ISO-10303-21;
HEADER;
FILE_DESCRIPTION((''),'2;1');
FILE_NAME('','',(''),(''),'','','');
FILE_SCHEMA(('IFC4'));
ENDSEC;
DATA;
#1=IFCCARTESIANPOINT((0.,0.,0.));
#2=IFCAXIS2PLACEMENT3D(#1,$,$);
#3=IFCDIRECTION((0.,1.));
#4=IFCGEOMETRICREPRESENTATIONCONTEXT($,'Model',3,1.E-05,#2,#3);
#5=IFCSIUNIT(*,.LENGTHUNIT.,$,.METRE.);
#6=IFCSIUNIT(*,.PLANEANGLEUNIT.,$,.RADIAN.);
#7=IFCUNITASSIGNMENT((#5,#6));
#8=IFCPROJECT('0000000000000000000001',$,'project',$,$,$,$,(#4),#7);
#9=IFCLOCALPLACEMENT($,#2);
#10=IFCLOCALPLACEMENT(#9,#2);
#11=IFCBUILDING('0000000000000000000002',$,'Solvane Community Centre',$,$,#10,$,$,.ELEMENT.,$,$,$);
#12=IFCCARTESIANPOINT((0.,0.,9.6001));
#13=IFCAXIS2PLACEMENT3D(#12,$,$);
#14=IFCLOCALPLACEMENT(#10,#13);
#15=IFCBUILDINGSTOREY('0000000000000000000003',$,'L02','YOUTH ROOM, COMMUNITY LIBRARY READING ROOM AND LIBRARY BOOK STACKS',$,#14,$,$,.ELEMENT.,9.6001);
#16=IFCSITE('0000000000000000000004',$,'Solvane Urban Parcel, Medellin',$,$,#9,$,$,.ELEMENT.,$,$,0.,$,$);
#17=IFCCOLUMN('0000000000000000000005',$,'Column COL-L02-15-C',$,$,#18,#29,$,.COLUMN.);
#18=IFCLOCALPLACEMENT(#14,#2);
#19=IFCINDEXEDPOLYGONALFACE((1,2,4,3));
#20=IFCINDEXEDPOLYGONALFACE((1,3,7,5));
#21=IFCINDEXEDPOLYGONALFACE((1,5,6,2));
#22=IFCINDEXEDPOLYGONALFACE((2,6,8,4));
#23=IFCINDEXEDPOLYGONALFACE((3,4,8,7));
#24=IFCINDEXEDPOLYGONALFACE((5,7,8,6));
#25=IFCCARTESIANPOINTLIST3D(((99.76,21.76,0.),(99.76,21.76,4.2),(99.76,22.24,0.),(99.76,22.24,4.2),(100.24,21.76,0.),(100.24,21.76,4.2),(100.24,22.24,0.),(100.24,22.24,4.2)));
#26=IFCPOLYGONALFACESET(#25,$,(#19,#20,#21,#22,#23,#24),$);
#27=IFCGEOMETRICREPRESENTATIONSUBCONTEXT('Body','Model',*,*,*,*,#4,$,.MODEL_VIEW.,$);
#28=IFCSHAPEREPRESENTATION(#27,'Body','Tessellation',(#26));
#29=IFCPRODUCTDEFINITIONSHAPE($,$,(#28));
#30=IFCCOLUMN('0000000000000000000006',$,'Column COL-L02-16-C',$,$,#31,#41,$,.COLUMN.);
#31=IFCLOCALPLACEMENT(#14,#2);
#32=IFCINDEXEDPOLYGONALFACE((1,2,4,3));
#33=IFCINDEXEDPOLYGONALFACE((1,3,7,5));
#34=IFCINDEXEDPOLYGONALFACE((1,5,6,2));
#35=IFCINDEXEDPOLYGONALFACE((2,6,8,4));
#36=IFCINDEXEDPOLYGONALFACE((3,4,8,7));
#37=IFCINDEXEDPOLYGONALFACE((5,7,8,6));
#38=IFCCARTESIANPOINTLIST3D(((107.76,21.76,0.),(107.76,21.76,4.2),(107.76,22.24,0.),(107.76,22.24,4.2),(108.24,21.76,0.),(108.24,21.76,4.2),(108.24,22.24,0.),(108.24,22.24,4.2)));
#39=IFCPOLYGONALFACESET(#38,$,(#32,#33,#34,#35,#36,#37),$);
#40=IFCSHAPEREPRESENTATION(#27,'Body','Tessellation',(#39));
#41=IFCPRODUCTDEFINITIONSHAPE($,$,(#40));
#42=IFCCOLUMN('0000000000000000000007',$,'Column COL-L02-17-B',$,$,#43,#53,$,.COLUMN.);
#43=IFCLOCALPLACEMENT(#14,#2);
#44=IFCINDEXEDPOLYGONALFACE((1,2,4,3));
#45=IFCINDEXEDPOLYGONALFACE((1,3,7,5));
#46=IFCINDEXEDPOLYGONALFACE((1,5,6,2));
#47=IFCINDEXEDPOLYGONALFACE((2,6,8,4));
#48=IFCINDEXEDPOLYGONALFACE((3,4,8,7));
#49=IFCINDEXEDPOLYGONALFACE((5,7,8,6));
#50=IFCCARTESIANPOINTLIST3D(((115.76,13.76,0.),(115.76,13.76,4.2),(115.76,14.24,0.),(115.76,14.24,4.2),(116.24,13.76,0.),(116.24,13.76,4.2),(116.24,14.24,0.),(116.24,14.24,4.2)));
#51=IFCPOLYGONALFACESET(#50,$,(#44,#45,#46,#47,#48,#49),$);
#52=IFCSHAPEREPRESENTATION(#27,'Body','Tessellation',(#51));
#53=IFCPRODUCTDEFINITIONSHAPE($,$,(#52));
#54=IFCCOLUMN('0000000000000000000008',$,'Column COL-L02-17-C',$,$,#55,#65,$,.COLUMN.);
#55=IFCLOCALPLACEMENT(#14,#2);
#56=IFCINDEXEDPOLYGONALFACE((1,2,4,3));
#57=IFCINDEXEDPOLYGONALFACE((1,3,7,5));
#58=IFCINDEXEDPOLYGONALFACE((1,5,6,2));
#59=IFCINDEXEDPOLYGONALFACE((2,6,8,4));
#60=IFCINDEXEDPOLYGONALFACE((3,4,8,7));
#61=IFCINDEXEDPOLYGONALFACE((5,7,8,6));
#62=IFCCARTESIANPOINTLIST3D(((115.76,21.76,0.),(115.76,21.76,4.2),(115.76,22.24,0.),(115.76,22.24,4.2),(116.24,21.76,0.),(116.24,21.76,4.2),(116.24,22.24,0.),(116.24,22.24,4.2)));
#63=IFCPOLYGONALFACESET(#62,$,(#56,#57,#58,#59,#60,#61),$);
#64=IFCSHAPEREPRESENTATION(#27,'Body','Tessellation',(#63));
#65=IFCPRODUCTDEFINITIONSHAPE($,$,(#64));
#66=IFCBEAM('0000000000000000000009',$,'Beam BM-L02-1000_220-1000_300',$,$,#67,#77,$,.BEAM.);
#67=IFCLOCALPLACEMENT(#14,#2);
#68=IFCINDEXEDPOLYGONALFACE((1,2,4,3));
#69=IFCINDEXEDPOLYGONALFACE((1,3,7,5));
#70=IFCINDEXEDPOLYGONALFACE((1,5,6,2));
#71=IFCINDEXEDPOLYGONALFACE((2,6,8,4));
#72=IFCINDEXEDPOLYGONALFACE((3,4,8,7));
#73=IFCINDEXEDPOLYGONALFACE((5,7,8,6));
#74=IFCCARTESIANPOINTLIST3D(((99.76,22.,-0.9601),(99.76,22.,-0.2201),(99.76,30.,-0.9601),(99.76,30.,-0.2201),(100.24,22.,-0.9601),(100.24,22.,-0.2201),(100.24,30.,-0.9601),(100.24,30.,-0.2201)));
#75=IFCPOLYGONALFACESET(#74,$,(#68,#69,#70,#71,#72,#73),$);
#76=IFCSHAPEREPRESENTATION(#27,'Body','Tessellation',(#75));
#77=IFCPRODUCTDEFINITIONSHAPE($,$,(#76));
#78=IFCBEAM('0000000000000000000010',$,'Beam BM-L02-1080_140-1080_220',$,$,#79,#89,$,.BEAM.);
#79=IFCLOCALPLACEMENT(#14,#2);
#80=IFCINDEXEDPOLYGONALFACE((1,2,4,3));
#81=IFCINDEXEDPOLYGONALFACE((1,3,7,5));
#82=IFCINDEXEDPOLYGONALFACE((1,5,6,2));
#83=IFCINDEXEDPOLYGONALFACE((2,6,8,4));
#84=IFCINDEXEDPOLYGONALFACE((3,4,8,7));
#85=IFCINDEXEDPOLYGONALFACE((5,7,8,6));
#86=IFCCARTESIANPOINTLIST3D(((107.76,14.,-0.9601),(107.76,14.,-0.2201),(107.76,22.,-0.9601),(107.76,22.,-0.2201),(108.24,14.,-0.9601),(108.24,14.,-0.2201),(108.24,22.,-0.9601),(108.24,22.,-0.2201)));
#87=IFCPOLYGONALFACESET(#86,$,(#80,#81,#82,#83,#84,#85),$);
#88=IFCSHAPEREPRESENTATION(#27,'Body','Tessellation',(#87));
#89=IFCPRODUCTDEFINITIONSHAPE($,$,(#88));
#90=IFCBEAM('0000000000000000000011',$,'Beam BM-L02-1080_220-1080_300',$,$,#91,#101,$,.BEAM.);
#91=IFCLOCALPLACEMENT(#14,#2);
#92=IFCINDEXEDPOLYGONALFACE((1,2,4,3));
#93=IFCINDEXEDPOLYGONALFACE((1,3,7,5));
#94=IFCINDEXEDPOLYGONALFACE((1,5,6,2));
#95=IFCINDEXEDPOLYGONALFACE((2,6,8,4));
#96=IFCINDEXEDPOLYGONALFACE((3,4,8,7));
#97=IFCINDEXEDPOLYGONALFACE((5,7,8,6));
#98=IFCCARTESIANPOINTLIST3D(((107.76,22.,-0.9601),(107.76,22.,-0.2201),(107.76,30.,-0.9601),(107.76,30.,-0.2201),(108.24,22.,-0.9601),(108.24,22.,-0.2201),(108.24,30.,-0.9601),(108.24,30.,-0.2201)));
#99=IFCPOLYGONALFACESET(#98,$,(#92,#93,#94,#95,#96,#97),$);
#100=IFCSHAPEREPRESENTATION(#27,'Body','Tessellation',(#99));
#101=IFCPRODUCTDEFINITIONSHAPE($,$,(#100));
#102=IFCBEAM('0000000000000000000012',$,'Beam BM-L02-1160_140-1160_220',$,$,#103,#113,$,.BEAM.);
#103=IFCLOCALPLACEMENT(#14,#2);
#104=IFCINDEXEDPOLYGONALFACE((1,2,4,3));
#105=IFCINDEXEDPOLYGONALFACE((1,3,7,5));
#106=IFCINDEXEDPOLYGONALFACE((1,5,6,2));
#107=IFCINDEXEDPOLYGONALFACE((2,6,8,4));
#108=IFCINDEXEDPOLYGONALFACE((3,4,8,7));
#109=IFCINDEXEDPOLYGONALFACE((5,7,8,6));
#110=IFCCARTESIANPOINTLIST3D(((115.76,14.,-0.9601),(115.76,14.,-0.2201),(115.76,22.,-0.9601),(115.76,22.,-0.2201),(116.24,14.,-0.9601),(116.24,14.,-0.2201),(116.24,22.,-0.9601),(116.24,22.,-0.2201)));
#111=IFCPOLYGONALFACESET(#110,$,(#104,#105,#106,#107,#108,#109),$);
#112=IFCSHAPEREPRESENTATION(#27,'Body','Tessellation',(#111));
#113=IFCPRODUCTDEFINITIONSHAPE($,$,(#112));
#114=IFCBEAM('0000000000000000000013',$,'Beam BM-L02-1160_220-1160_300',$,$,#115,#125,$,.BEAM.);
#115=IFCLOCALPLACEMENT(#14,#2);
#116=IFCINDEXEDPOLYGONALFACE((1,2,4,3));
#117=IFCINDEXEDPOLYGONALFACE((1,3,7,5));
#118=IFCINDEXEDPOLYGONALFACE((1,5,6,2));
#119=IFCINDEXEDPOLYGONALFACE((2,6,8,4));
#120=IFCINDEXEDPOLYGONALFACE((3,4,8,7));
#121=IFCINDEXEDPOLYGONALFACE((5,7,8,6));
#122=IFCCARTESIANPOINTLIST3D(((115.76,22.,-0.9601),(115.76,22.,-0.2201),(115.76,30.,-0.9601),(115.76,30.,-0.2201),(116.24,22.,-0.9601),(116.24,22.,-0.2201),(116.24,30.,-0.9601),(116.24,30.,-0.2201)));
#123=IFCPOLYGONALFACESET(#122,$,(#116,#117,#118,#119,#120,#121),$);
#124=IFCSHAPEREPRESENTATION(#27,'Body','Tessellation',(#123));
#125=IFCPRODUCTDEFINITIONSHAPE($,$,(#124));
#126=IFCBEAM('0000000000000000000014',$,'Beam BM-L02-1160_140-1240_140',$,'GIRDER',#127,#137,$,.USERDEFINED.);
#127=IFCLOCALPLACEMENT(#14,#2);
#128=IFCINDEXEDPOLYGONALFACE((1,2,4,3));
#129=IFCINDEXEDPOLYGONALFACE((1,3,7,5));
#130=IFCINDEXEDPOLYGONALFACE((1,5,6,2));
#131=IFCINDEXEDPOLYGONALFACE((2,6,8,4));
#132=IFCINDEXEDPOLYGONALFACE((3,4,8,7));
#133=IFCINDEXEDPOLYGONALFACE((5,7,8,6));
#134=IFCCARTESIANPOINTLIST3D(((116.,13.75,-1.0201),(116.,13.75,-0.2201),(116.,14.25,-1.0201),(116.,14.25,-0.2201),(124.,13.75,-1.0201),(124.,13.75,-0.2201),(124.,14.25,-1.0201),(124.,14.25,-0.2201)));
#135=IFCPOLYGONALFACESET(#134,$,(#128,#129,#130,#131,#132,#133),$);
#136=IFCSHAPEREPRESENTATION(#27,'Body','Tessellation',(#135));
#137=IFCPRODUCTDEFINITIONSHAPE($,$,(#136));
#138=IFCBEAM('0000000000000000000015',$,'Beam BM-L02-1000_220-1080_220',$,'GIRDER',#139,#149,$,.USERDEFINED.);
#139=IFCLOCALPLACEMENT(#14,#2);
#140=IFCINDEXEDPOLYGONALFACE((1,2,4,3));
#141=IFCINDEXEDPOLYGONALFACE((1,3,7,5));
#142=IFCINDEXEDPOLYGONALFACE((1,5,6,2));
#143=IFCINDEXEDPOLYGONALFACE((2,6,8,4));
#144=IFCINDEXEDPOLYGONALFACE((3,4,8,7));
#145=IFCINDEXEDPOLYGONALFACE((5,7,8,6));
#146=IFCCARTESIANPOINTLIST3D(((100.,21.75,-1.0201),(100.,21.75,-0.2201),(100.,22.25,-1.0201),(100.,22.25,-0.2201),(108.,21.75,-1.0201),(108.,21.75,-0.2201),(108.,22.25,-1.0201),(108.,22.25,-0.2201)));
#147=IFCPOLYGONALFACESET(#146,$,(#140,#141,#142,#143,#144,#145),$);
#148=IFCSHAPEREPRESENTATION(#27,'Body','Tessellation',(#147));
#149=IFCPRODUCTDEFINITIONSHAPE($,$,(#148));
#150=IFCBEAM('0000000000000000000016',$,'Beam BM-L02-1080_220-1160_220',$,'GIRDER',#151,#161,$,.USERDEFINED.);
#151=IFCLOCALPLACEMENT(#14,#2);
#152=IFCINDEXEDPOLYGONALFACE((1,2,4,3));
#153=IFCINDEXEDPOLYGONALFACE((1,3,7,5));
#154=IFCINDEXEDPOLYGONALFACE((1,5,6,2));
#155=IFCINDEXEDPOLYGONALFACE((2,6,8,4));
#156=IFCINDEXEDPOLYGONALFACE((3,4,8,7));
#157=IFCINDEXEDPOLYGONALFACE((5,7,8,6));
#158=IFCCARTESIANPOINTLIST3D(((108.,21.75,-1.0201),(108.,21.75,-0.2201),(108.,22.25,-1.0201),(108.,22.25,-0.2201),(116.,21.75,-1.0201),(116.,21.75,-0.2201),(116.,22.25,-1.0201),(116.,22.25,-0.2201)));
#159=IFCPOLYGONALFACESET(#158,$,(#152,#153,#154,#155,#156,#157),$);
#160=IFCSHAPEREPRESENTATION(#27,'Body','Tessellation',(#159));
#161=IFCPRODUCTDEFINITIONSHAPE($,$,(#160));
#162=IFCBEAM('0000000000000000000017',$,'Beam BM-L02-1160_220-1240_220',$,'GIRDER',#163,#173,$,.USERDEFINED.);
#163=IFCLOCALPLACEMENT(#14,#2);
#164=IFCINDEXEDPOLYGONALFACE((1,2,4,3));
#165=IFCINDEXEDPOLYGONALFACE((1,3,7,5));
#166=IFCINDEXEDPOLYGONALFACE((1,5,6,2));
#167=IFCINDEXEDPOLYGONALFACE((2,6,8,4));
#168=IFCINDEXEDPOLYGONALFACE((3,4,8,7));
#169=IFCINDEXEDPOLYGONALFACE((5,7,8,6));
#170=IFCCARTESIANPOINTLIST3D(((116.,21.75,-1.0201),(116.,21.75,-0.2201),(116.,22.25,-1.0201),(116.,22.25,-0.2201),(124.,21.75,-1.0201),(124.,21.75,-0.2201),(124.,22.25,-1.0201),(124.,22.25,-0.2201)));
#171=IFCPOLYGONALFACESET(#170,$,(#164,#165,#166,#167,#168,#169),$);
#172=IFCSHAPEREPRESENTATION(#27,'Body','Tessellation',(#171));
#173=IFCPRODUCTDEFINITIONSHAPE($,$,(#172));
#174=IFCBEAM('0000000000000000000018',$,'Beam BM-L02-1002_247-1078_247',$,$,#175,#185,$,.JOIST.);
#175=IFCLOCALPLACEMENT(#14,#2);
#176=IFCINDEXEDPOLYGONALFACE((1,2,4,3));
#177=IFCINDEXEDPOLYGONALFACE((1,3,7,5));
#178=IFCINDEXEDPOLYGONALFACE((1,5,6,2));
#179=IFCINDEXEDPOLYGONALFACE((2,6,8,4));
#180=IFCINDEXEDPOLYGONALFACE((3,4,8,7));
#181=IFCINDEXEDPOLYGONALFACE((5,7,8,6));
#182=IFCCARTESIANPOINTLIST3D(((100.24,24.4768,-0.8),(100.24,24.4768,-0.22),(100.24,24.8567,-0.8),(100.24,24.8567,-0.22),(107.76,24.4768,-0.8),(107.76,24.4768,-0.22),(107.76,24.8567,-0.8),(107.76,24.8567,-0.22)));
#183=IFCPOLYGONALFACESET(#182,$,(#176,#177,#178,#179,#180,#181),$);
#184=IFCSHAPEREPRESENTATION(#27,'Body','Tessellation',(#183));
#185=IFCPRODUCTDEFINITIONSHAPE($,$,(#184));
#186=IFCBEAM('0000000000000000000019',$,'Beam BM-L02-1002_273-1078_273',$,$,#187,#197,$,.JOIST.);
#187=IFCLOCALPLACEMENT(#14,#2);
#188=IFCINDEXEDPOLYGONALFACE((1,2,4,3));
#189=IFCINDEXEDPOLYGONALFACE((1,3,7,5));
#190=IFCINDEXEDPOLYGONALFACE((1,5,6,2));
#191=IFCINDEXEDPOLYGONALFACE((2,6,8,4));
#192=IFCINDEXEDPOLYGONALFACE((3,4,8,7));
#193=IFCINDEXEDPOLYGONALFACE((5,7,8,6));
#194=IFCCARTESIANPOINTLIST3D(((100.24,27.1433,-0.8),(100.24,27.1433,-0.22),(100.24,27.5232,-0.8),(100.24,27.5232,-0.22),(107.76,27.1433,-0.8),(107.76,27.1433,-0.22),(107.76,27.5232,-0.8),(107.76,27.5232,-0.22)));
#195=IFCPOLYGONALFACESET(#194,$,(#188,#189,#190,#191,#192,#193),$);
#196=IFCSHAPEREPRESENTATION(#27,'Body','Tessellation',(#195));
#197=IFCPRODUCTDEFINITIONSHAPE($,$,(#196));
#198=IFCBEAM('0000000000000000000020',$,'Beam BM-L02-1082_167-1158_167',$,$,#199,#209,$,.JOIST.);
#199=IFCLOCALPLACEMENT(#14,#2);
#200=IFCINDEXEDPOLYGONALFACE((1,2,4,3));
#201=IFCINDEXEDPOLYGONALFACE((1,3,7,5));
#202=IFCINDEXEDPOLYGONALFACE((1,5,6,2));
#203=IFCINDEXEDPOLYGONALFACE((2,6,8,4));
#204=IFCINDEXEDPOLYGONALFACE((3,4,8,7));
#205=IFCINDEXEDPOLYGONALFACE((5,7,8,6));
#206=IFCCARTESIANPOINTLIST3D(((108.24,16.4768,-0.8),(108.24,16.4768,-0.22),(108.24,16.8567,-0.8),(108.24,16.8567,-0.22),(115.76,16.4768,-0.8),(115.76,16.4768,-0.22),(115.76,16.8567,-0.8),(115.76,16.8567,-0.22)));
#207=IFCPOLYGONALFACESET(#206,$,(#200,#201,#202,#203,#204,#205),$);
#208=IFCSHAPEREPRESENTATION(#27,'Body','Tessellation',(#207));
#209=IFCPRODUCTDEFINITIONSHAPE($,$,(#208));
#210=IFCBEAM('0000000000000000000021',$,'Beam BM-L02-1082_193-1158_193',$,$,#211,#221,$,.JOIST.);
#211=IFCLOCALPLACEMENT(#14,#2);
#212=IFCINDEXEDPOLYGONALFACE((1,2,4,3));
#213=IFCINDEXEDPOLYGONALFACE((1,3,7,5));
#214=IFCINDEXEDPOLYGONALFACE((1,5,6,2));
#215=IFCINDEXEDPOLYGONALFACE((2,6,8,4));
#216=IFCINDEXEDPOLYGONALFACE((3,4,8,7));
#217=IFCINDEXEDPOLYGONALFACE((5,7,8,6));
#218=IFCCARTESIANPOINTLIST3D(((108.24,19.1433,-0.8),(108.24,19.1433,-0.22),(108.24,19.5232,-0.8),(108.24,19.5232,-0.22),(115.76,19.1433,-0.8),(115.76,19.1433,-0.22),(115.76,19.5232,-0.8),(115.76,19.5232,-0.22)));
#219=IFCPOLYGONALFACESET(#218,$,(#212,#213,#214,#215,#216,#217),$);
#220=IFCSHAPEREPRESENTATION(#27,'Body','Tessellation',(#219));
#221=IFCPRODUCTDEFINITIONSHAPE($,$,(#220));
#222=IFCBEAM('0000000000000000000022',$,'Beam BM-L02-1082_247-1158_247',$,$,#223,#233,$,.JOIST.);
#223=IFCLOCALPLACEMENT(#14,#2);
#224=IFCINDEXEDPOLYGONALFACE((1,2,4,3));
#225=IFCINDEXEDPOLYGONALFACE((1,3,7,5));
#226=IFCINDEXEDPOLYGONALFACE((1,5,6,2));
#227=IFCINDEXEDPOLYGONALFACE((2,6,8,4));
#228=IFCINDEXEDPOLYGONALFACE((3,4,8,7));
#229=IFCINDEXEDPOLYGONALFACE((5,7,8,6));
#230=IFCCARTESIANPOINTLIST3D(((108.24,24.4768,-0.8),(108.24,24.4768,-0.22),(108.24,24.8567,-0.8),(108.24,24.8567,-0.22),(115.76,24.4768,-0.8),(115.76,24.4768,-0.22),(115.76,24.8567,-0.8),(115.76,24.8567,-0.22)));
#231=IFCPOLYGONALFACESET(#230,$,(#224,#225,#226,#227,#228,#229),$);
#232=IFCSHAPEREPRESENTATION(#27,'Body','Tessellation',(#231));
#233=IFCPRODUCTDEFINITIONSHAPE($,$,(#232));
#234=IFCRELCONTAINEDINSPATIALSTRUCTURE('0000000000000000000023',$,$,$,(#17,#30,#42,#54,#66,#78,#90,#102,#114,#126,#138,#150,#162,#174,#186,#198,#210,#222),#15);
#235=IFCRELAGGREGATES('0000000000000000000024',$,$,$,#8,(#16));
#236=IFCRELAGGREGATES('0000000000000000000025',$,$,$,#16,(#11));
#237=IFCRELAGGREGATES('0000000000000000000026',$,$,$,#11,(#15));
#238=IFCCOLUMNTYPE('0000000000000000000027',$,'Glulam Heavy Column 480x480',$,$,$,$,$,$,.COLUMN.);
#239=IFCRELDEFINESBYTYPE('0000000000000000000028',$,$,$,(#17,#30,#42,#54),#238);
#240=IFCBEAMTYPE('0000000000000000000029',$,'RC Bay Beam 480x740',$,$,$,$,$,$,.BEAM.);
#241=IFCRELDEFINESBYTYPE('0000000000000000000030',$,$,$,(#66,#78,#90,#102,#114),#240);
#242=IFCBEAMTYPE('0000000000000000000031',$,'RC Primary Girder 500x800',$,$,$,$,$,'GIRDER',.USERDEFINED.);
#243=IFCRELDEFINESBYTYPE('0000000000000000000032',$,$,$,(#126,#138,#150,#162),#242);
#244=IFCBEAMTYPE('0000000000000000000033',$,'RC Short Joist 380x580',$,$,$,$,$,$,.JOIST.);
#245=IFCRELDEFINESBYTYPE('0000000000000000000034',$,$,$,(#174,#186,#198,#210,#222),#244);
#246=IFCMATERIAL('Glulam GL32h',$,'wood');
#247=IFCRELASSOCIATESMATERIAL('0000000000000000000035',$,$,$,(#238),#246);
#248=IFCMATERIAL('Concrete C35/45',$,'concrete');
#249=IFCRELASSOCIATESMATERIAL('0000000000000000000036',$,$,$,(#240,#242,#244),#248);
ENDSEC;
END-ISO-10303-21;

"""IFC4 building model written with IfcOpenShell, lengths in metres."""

from ifc_helpers import new_model, si_unit, direction, frame, origin, origin_2d, place, context, subcontext, project, spatial, rectangle, extrude, material, material_profile, profile_set, type_object, element, save


model = new_model("IFC4")

# Units and contexts
model_context = context("Model", 3, precision=1e-05, world=origin(), true_north=direction((0.0, 1.0)))
body_context = subcontext(model_context, "Body", "Model", "MODEL_VIEW")
ifc_project = project(units=[si_unit("LENGTHUNIT", "METRE"), si_unit("PLANEANGLEUNIT", "RADIAN")], contexts=[model_context])

# Site, building, storey
site_placement = place(None, origin())
site = spatial("IfcSite", under=ifc_project, at=site_placement, Name="Solvane Urban Parcel, Medellin", CompositionType="ELEMENT", RefElevation=0.0)
building_placement = place(site_placement, origin())
building = spatial("IfcBuilding", under=site, at=building_placement, Name="Solvane Community Centre", CompositionType="ELEMENT")
storey_placement = place(building_placement, frame((0.0, 0.0, 9.6001)))
storey = spatial("IfcBuildingStorey", under=building, at=storey_placement, Name="L02", Description="YOUTH ROOM, COMMUNITY LIBRARY READING ROOM AND LIBRARY BOOK STACKS", CompositionType="ELEMENT", Elevation=9.6001)

# Columns
ifc_material_1 = material(Name="Glulam GL32h", Category="wood")
ifc_material_profile_1 = material_profile(ifc_material_1, rectangle(XDim=0.48, YDim=0.48, at=origin_2d()), Name="GL32h 480x480")
ifc_profile_set_1 = profile_set([ifc_material_profile_1], Name="Glulam GL32h")
column_type = type_object("IfcColumnType", Name="Glulam Heavy Column 480x480", PredefinedType="COLUMN", material=ifc_profile_set_1)
for number, where, z_axis, x_axis, name in (
    (1, (100.0, 22.0, 0.0), (0.0, 0.0, 1.0), (1.0, 0.0, 0.0), "Column COL-L02-15-C"),
    (2, (108.0, 22.0, 0.0), (0.0, 0.0, 1.0), (1.0, 0.0, 0.0), "Column COL-L02-16-C"),
    (3, (116.0, 14.0, 0.0), (0.0, 0.0, 1.0), (1.0, 0.0, 0.0), "Column COL-L02-17-B"),
    (4, (116.0, 22.0, 0.0), (0.0, 0.0, 1.0), (1.0, 0.0, 0.0), "Column COL-L02-17-C"),
):
    element("IfcColumn", number, at=place(storey_placement, frame(where, z_axis=z_axis, x_axis=x_axis)), inside=storey, type_object=column_type, Name=name, PredefinedType="COLUMN", context=body_context, shape_type="SweptSolid", body=[
        extrude(rectangle(XDim=0.48, YDim=0.48, at=origin_2d()), origin(), (0.0, 0.0, 1.0), 4.2),
    ])

# Beams
ifc_material_2 = material(Name="Concrete C35/45", Category="concrete")
ifc_material_profile_2 = material_profile(ifc_material_2, rectangle(XDim=0.48, YDim=0.74, at=origin_2d()), Name="RC 480x740")
ifc_profile_set_2 = profile_set([ifc_material_profile_2], Name="Concrete C35/45")
beam_type_1 = type_object("IfcBeamType", Name="RC Bay Beam 480x740", PredefinedType="BEAM", material=ifc_profile_set_2)
for number, where, z_axis, x_axis, name in (
    (5, (100.0, 22.0, -0.5901), (0.0, 1.0, 0.0), (-1.0, 0.0, 0.0), "Beam BM-L02-1000_220-1000_300"),
    (6, (108.0, 14.0, -0.5901), (0.0, 1.0, 0.0), (-1.0, 0.0, 0.0), "Beam BM-L02-1080_140-1080_220"),
    (7, (108.0, 22.0, -0.5901), (0.0, 1.0, 0.0), (-1.0, 0.0, 0.0), "Beam BM-L02-1080_220-1080_300"),
    (8, (116.0, 14.0, -0.5901), (0.0, 1.0, 0.0), (-1.0, 0.0, 0.0), "Beam BM-L02-1160_140-1160_220"),
    (9, (116.0, 22.0, -0.5901), (0.0, 1.0, 0.0), (-1.0, 0.0, 0.0), "Beam BM-L02-1160_220-1160_300"),
):
    element("IfcBeam", number, at=place(storey_placement, frame(where, z_axis=z_axis, x_axis=x_axis)), inside=storey, type_object=beam_type_1, Name=name, PredefinedType="BEAM", context=body_context, shape_type="SweptSolid", body=[
        extrude(rectangle(XDim=0.48, YDim=0.74, at=origin_2d()), origin(), (0.0, 0.0, 1.0), 8.0),
    ])
ifc_material_profile_3 = material_profile(ifc_material_2, rectangle(XDim=0.5, YDim=0.8, at=origin_2d()), Name="RC 500x800")
ifc_profile_set_3 = profile_set([ifc_material_profile_3], Name="Concrete C35/45")
beam_type_2 = type_object("IfcBeamType", Name="RC Primary Girder 500x800", ElementType="GIRDER", PredefinedType="USERDEFINED", material=ifc_profile_set_3)
for number, where, z_axis, x_axis, name in (
    (10, (116.0, 14.0, -0.6201), (1.0, 0.0, 0.0), (0.0, 1.0, 0.0), "Beam BM-L02-1160_140-1240_140"),
    (11, (100.0, 22.0, -0.6201), (1.0, 0.0, 0.0), (0.0, 1.0, 0.0), "Beam BM-L02-1000_220-1080_220"),
    (12, (108.0, 22.0, -0.6201), (1.0, 0.0, 0.0), (0.0, 1.0, 0.0), "Beam BM-L02-1080_220-1160_220"),
    (13, (116.0, 22.0, -0.6201), (1.0, 0.0, 0.0), (0.0, 1.0, 0.0), "Beam BM-L02-1160_220-1240_220"),
):
    element("IfcBeam", number, at=place(storey_placement, frame(where, z_axis=z_axis, x_axis=x_axis)), inside=storey, type_object=beam_type_2, Name=name, ObjectType="GIRDER", PredefinedType="USERDEFINED", context=body_context, shape_type="SweptSolid", body=[
        extrude(rectangle(XDim=0.5, YDim=0.8, at=origin_2d()), origin(), (0.0, 0.0, 1.0), 8.0),
    ])
ifc_material_profile_4 = material_profile(ifc_material_2, rectangle(XDim=0.3799, YDim=0.5801, at=origin_2d()), Name="RC 380x580")
ifc_profile_set_4 = profile_set([ifc_material_profile_4], Name="Concrete C35/45")
beam_type_3 = type_object("IfcBeamType", Name="RC Short Joist 380x580", PredefinedType="JOIST", material=ifc_profile_set_4)
for number, where, z_axis, x_axis, name in (
    (14, (100.24, 24.6667, -0.51), (1.0, 0.0, 0.0), (0.0, 1.0, 0.0), "Beam BM-L02-1002_247-1078_247"),
    (15, (100.24, 27.3333, -0.51), (1.0, 0.0, 0.0), (0.0, 1.0, 0.0), "Beam BM-L02-1002_273-1078_273"),
    (16, (108.24, 16.6667, -0.51), (1.0, 0.0, 0.0), (0.0, 1.0, 0.0), "Beam BM-L02-1082_167-1158_167"),
    (17, (108.24, 19.3333, -0.51), (1.0, 0.0, 0.0), (0.0, 1.0, 0.0), "Beam BM-L02-1082_193-1158_193"),
    (18, (108.24, 24.6667, -0.51), (1.0, 0.0, 0.0), (0.0, 1.0, 0.0), "Beam BM-L02-1082_247-1158_247"),
):
    element("IfcBeam", number, at=place(storey_placement, frame(where, z_axis=z_axis, x_axis=x_axis)), inside=storey, type_object=beam_type_3, Name=name, PredefinedType="JOIST", context=body_context, shape_type="SweptSolid", body=[
        extrude(rectangle(XDim=0.3799, YDim=0.5801, at=origin_2d()), origin(), (0.0, 0.0, 1.0), 7.52),
    ])

save(model, "model.ifc")
